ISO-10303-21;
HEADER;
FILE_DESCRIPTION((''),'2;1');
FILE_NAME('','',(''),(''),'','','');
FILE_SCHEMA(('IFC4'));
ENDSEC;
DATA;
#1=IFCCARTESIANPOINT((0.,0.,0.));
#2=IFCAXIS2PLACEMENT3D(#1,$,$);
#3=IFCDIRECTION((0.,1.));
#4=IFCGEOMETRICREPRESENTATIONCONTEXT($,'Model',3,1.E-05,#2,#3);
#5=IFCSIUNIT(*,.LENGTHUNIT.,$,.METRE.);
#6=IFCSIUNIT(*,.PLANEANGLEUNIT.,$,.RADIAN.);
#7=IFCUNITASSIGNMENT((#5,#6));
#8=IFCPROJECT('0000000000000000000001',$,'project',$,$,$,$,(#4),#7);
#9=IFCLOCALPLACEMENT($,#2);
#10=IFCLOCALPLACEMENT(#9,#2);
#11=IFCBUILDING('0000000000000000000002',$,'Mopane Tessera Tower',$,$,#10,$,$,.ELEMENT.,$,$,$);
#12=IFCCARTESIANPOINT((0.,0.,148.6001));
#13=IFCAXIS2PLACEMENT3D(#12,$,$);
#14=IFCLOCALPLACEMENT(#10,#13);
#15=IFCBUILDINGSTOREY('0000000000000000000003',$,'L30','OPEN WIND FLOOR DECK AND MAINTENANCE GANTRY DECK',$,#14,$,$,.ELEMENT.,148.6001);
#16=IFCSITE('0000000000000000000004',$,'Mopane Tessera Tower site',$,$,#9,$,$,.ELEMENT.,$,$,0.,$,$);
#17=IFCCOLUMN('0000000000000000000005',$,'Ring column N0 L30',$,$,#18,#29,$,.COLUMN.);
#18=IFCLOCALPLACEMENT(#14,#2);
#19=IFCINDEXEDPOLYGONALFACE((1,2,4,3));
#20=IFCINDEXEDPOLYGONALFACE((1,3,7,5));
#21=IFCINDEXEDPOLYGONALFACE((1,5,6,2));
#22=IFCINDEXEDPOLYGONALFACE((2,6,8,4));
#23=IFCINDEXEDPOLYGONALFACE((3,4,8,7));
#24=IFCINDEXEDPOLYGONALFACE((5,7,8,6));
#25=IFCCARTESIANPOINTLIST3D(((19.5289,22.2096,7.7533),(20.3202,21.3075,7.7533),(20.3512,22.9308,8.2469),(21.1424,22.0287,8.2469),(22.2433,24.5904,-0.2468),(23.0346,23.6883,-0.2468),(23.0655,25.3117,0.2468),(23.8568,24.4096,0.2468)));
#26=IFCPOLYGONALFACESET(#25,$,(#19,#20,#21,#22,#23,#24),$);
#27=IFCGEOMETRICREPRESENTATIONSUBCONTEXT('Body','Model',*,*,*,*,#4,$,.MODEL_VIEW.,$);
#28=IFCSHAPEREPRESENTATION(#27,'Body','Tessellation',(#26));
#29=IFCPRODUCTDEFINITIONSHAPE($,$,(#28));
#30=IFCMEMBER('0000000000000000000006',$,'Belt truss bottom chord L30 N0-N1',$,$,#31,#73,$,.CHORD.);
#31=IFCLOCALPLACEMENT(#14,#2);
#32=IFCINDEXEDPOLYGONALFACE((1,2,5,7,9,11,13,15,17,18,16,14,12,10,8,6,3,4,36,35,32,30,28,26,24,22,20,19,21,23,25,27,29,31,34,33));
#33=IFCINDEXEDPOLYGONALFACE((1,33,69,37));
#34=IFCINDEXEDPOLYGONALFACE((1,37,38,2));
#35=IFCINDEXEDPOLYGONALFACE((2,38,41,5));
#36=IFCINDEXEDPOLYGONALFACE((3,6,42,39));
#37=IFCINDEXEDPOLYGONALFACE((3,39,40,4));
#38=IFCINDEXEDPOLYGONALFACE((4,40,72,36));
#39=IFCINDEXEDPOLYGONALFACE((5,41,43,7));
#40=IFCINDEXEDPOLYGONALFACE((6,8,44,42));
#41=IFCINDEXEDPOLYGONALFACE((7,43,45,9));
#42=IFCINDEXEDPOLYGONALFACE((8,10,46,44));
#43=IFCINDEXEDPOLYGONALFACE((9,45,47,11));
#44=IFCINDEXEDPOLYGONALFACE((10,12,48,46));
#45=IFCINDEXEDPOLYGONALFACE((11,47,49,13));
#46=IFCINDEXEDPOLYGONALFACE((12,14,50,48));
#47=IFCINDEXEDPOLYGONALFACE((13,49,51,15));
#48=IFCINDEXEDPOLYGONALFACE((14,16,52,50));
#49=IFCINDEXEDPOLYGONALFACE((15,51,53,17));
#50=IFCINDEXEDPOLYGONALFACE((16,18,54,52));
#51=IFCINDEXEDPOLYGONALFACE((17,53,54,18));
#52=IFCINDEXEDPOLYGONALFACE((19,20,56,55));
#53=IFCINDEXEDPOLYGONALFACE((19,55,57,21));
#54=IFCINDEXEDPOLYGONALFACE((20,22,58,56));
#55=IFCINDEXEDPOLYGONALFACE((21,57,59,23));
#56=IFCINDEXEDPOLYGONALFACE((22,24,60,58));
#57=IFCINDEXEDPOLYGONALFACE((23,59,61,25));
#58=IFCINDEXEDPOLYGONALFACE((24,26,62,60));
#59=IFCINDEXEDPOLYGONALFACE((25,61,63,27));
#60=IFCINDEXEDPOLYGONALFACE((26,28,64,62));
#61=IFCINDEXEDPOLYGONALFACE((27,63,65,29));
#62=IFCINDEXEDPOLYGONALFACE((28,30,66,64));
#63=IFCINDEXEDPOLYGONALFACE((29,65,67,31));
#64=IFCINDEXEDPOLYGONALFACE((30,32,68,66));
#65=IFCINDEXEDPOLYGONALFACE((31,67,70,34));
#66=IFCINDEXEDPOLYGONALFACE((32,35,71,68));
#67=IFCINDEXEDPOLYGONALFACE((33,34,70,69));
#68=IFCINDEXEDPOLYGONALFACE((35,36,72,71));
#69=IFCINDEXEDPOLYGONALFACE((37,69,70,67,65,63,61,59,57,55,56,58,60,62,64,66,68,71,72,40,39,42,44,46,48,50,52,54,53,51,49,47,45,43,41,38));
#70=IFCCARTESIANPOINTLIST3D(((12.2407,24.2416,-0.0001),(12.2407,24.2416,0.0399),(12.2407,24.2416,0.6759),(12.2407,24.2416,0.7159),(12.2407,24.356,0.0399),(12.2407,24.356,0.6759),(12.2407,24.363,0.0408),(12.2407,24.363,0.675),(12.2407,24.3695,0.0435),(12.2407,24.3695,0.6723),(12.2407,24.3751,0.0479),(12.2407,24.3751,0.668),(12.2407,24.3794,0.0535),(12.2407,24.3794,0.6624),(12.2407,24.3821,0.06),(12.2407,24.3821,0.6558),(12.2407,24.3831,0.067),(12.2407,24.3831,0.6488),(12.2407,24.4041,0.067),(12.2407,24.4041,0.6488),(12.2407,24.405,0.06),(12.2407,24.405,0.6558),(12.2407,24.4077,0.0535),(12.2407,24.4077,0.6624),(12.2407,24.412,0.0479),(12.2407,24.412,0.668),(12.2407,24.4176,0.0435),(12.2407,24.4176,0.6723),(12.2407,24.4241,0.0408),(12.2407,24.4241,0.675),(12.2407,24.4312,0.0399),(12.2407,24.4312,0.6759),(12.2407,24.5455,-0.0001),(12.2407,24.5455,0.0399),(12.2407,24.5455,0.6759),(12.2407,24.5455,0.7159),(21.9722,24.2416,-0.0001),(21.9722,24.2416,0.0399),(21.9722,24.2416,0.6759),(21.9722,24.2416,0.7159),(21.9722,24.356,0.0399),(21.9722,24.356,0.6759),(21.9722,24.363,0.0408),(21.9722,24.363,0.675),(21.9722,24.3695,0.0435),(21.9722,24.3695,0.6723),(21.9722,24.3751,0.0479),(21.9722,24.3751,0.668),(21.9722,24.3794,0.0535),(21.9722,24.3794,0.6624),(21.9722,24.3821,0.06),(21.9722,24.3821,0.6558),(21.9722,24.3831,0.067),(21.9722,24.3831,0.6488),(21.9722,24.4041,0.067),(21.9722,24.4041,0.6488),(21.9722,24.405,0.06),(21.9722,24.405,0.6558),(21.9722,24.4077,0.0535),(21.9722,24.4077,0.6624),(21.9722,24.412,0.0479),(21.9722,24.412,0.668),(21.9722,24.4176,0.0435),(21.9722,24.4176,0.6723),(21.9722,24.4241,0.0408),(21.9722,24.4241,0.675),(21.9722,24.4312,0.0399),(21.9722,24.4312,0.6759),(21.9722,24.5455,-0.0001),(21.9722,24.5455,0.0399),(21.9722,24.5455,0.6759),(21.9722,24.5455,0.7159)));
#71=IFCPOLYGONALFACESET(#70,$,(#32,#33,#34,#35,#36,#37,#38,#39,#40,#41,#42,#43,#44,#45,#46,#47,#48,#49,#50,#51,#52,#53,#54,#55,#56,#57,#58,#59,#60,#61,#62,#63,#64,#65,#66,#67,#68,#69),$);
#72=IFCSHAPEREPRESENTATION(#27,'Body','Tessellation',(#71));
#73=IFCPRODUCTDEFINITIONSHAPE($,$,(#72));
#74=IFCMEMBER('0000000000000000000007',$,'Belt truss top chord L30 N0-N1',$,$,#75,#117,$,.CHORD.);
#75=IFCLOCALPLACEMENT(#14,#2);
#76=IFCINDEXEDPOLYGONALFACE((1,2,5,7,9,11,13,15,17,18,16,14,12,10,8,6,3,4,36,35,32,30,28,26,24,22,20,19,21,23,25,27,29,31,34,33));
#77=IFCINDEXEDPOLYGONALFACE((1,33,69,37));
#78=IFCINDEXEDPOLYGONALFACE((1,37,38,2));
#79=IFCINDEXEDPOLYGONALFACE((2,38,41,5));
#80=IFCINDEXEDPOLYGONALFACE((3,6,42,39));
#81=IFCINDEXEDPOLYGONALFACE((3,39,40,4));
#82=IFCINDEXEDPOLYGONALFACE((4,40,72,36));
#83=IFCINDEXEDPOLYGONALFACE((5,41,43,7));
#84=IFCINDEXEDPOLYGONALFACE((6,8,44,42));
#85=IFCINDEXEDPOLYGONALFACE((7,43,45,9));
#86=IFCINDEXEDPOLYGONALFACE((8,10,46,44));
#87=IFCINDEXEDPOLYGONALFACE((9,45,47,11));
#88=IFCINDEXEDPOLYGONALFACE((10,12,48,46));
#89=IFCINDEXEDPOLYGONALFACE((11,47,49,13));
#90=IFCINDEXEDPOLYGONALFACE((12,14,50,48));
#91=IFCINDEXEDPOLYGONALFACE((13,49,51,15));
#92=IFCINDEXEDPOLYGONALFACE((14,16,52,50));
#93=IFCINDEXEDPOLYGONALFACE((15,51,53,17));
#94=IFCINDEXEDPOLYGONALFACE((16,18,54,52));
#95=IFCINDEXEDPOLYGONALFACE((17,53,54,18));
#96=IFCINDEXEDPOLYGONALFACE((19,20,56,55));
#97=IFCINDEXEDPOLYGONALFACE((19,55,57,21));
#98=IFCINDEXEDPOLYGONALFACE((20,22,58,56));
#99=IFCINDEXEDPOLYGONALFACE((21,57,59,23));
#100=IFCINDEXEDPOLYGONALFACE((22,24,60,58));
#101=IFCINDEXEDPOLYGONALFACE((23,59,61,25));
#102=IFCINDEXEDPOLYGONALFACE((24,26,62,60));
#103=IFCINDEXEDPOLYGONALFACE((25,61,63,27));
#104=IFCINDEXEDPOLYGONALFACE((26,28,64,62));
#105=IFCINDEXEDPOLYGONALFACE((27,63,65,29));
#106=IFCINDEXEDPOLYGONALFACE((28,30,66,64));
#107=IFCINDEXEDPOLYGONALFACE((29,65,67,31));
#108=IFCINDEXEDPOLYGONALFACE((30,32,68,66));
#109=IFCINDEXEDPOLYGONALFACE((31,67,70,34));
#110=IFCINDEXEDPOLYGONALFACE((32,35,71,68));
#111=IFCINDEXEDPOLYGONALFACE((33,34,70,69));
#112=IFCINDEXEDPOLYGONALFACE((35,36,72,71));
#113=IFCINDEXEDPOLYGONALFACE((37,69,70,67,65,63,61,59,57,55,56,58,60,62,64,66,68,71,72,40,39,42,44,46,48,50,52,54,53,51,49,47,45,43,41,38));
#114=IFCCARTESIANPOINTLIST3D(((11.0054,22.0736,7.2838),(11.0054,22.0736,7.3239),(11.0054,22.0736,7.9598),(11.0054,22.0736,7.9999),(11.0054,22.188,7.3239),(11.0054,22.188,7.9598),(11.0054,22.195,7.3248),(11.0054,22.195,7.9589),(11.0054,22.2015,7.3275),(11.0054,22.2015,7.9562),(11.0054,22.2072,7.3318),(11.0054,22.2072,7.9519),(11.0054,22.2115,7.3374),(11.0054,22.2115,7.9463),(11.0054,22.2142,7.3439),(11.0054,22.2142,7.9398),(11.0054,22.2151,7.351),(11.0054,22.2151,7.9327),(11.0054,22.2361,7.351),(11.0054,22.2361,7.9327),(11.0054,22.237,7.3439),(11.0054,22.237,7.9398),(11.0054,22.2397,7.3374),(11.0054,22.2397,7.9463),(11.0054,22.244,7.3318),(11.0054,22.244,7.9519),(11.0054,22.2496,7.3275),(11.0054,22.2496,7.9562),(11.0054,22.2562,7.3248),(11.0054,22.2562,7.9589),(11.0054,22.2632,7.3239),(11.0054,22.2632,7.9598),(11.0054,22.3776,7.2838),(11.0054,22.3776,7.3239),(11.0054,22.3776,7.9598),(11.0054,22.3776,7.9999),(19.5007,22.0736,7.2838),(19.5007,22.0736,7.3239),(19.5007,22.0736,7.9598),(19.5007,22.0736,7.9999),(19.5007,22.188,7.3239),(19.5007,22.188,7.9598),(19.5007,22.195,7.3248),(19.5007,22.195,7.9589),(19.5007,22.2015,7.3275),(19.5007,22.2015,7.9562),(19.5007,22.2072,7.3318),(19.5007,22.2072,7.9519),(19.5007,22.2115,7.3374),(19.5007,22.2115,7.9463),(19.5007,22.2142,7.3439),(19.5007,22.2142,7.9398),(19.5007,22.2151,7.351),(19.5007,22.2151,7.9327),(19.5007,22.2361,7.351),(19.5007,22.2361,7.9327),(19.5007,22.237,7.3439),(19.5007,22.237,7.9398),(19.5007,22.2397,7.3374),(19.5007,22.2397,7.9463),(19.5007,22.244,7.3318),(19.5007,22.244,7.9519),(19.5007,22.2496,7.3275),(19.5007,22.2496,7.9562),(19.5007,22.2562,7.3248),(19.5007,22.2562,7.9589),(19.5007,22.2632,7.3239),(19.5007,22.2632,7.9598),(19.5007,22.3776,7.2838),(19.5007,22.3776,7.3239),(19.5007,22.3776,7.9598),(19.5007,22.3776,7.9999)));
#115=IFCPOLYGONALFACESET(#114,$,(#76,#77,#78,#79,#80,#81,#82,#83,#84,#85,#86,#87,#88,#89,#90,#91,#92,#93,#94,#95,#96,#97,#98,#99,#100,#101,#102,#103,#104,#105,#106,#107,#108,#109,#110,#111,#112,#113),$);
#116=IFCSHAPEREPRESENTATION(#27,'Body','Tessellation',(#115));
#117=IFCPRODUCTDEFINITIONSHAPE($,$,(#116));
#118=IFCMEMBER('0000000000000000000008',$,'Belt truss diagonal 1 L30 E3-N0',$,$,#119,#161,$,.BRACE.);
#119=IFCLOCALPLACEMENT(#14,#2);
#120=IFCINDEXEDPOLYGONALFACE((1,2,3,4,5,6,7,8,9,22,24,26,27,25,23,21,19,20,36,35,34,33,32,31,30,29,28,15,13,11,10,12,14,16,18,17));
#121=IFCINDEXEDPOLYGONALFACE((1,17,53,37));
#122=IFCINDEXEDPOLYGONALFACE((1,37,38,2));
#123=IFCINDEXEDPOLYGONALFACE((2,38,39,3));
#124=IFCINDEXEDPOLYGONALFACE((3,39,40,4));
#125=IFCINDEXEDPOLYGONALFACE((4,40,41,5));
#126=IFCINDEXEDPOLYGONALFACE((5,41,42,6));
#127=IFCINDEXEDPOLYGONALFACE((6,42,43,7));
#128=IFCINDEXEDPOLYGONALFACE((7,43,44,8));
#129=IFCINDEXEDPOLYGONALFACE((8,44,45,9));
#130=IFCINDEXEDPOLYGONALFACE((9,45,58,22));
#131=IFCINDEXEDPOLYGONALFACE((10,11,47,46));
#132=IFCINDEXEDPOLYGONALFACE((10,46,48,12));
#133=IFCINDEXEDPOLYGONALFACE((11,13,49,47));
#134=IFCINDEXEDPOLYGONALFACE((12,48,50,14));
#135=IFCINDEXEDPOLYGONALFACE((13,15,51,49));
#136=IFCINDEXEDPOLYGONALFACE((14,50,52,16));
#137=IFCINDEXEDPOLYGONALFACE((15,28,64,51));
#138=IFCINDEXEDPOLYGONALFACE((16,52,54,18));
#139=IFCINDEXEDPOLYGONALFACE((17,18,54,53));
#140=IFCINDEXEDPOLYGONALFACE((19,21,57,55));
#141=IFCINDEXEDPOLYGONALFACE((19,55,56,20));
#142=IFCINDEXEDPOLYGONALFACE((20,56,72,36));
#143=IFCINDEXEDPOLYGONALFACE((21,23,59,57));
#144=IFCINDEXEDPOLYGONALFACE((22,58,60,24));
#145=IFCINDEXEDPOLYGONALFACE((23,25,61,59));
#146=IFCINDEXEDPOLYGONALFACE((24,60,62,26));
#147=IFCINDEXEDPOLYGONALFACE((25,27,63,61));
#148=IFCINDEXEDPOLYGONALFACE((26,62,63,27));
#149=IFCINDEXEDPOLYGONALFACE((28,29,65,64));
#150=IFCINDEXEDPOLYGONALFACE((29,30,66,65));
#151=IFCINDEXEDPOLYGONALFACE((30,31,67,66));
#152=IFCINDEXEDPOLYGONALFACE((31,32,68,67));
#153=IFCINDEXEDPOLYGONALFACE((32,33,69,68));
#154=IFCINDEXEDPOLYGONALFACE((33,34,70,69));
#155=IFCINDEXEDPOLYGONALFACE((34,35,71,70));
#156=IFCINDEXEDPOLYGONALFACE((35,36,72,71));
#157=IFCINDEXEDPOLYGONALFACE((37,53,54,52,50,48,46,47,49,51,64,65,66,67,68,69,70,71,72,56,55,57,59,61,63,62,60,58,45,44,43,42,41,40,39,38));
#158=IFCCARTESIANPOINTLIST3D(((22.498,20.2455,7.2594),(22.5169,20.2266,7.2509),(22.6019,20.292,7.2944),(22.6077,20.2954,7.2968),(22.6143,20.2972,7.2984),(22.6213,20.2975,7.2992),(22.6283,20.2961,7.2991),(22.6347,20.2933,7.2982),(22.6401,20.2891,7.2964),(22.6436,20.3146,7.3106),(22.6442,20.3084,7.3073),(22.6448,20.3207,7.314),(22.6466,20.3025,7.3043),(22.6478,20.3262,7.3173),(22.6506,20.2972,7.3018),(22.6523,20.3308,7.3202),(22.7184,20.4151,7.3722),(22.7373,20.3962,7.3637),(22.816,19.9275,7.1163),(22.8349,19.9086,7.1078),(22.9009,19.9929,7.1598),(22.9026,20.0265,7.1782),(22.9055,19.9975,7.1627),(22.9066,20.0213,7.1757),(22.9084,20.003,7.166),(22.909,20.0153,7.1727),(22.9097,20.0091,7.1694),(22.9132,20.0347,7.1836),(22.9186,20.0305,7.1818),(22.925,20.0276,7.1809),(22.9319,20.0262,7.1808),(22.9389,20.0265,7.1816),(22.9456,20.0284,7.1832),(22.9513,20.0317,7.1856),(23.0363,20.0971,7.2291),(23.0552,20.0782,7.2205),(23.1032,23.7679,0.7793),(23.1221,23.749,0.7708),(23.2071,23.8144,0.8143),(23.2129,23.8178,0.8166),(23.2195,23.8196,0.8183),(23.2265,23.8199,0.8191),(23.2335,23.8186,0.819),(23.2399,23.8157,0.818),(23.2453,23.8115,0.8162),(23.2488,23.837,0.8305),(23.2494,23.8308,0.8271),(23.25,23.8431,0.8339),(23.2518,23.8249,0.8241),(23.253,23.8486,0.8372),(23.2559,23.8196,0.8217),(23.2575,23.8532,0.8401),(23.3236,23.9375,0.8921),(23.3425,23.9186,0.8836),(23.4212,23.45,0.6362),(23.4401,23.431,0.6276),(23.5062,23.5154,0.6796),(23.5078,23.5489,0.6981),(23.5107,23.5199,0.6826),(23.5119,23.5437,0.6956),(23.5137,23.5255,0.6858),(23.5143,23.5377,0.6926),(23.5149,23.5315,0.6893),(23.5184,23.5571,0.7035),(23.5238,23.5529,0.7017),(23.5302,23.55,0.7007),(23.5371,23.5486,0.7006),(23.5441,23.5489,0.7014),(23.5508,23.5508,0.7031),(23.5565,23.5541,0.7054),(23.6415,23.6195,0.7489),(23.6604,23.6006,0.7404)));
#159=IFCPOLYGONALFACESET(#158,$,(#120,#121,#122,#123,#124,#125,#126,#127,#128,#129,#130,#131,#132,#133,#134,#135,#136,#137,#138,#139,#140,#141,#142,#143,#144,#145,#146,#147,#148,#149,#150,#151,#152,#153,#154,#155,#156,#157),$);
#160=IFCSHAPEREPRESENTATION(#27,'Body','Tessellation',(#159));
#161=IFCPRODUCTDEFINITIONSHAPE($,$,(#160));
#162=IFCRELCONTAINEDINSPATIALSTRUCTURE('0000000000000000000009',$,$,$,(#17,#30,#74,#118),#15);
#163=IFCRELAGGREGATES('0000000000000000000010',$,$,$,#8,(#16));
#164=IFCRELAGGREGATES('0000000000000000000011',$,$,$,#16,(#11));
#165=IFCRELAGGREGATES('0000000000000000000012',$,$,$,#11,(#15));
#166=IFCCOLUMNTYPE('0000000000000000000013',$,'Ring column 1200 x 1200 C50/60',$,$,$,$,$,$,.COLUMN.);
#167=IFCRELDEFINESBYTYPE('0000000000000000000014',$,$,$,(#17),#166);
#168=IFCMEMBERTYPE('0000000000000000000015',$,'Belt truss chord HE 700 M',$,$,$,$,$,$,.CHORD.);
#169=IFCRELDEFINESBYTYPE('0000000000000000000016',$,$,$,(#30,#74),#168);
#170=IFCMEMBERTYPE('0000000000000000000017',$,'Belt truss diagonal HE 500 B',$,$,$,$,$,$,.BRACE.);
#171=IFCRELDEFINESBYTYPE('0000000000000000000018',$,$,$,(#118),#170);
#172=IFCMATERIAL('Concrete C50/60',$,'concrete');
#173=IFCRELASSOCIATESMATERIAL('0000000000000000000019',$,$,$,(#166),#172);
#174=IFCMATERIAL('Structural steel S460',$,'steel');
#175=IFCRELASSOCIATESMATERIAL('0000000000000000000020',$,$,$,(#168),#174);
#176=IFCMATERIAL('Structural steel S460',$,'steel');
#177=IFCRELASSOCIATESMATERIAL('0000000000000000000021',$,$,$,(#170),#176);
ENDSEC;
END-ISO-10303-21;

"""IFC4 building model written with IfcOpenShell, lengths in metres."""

from ifc_helpers import new_model, si_unit, direction, frame, origin, origin_2d, place, context, subcontext, project, spatial, rectangle, i_section, extrude, material, material_profile, profile_set, type_object, element, save


model = new_model("IFC4")

# Units and contexts
model_context = context("Model", 3, precision=1e-05, world=origin(), true_north=direction((0.0, 1.0)))
body_context = subcontext(model_context, "Body", "Model", "MODEL_VIEW")
ifc_project = project(units=[si_unit("LENGTHUNIT", "METRE"), si_unit("PLANEANGLEUNIT", "RADIAN")], contexts=[model_context])

# Site, building, storey
site_placement = place(None, origin())
site = spatial("IfcSite", under=ifc_project, at=site_placement, Name="Mopane Tessera Tower site", CompositionType="ELEMENT", RefElevation=0.0)
building_placement = place(site_placement, origin())
building = spatial("IfcBuilding", under=site, at=building_placement, Name="Mopane Tessera Tower", CompositionType="ELEMENT")
storey_placement = place(building_placement, frame((0.0, 0.0, 148.6001)))
storey = spatial("IfcBuildingStorey", under=building, at=storey_placement, Name="L30", Description="OPEN WIND FLOOR DECK AND MAINTENANCE GANTRY DECK", CompositionType="ELEMENT", Elevation=148.6001)

# Column
ifc_material_1 = material(Name="Concrete C50/60", Category="concrete")
ifc_material_profile_1 = material_profile(ifc_material_1, rectangle(XDim=1.2, YDim=1.2, at=origin_2d()))
ifc_profile_set_1 = profile_set([ifc_material_profile_1], Name="Concrete C50/60")
column_type = type_object("IfcColumnType", Name="Ring column 1200 x 1200 C50/60", PredefinedType="COLUMN", material=ifc_profile_set_1)
column_placement = place(storey_placement, frame((23.05, 24.5, 0.0), z_axis=(-0.309257, -0.27126, 0.91147), x_axis=(0.659414, -0.75178, 0.0)))
element("IfcColumn", 1, at=column_placement, inside=storey, type_object=column_type, Name="Ring column N0 L30", PredefinedType="COLUMN", context=body_context, shape_type="SweptSolid", body=[
    extrude(rectangle(XDim=1.2, YDim=1.2, at=origin_2d()), origin(), (0.0, 0.0, 1.0), 8.7771),
])

# Members
ifc_material_2 = material(Name="Structural steel S460", Category="steel")
ifc_material_profile_2 = material_profile(ifc_material_2, i_section(OverallWidth=0.304, OverallDepth=0.7161, WebThickness=0.021, FlangeThickness=0.04, FilletRadius=0.0271, at=origin_2d()))
ifc_profile_set_2 = profile_set([ifc_material_profile_2], Name="Structural steel S460")
member_type_1 = type_object("IfcMemberType", Name="Belt truss chord HE 700 M", PredefinedType="CHORD", material=ifc_profile_set_2)
member_1_placement = place(storey_placement, frame((21.9722, 24.3936, 0.3579), z_axis=(-1.0, 0.0, 0.0), x_axis=(0.0, -1.0, 0.0)))
element("IfcMember", 2, at=member_1_placement, inside=storey, type_object=member_type_1, Name="Belt truss bottom chord L30 N0-N1", PredefinedType="CHORD", context=body_context, shape_type="SweptSolid", body=[
    extrude(i_section(OverallWidth=0.304, OverallDepth=0.7161, WebThickness=0.021, FlangeThickness=0.04, FilletRadius=0.0271, at=origin_2d()), origin(), (0.0, 0.0, 1.0), 9.7314),
])
member_2_placement = place(storey_placement, frame((19.5007, 22.2256, 7.6418), z_axis=(-1.0, 0.0, 0.0), x_axis=(0.0, -1.0, 0.0)))
element("IfcMember", 3, at=member_2_placement, inside=storey, type_object=member_type_1, Name="Belt truss top chord L30 N0-N1", PredefinedType="CHORD", context=body_context, shape_type="SweptSolid", body=[
    extrude(i_section(OverallWidth=0.304, OverallDepth=0.7161, WebThickness=0.021, FlangeThickness=0.04, FilletRadius=0.0271, at=origin_2d()), origin(), (0.0, 0.0, 1.0), 8.4954),
])
ifc_material_3 = material(Name="Structural steel S460", Category="steel")
ifc_material_profile_3 = material_profile(ifc_material_3, i_section(OverallWidth=0.3, OverallDepth=0.5, WebThickness=0.0144, FlangeThickness=0.0281, FilletRadius=0.0271, at=origin_2d()))
ifc_profile_set_3 = profile_set([ifc_material_profile_3], Name="Structural steel S460")
member_type_2 = type_object("IfcMemberType", Name="Belt truss diagonal HE 500 B", PredefinedType="BRACE", material=ifc_profile_set_3)
member_3_placement = place(storey_placement, frame((22.7766, 20.1619, 7.24), z_axis=(0.081782, 0.475976, -0.875647), x_axis=(-0.73441, -0.56517, -0.3758)))
element("IfcMember", 4, at=member_3_placement, inside=storey, type_object=member_type_2, Name="Belt truss diagonal 1 L30 E3-N0", PredefinedType="BRACE", context=body_context, shape_type="SweptSolid", body=[
    extrude(i_section(OverallWidth=0.3, OverallDepth=0.5, WebThickness=0.0144, FlangeThickness=0.0281, FilletRadius=0.0271, at=origin_2d()), origin(), (0.0, 0.0, 1.0), 7.4004),
])

save(model, "model.ifc")
